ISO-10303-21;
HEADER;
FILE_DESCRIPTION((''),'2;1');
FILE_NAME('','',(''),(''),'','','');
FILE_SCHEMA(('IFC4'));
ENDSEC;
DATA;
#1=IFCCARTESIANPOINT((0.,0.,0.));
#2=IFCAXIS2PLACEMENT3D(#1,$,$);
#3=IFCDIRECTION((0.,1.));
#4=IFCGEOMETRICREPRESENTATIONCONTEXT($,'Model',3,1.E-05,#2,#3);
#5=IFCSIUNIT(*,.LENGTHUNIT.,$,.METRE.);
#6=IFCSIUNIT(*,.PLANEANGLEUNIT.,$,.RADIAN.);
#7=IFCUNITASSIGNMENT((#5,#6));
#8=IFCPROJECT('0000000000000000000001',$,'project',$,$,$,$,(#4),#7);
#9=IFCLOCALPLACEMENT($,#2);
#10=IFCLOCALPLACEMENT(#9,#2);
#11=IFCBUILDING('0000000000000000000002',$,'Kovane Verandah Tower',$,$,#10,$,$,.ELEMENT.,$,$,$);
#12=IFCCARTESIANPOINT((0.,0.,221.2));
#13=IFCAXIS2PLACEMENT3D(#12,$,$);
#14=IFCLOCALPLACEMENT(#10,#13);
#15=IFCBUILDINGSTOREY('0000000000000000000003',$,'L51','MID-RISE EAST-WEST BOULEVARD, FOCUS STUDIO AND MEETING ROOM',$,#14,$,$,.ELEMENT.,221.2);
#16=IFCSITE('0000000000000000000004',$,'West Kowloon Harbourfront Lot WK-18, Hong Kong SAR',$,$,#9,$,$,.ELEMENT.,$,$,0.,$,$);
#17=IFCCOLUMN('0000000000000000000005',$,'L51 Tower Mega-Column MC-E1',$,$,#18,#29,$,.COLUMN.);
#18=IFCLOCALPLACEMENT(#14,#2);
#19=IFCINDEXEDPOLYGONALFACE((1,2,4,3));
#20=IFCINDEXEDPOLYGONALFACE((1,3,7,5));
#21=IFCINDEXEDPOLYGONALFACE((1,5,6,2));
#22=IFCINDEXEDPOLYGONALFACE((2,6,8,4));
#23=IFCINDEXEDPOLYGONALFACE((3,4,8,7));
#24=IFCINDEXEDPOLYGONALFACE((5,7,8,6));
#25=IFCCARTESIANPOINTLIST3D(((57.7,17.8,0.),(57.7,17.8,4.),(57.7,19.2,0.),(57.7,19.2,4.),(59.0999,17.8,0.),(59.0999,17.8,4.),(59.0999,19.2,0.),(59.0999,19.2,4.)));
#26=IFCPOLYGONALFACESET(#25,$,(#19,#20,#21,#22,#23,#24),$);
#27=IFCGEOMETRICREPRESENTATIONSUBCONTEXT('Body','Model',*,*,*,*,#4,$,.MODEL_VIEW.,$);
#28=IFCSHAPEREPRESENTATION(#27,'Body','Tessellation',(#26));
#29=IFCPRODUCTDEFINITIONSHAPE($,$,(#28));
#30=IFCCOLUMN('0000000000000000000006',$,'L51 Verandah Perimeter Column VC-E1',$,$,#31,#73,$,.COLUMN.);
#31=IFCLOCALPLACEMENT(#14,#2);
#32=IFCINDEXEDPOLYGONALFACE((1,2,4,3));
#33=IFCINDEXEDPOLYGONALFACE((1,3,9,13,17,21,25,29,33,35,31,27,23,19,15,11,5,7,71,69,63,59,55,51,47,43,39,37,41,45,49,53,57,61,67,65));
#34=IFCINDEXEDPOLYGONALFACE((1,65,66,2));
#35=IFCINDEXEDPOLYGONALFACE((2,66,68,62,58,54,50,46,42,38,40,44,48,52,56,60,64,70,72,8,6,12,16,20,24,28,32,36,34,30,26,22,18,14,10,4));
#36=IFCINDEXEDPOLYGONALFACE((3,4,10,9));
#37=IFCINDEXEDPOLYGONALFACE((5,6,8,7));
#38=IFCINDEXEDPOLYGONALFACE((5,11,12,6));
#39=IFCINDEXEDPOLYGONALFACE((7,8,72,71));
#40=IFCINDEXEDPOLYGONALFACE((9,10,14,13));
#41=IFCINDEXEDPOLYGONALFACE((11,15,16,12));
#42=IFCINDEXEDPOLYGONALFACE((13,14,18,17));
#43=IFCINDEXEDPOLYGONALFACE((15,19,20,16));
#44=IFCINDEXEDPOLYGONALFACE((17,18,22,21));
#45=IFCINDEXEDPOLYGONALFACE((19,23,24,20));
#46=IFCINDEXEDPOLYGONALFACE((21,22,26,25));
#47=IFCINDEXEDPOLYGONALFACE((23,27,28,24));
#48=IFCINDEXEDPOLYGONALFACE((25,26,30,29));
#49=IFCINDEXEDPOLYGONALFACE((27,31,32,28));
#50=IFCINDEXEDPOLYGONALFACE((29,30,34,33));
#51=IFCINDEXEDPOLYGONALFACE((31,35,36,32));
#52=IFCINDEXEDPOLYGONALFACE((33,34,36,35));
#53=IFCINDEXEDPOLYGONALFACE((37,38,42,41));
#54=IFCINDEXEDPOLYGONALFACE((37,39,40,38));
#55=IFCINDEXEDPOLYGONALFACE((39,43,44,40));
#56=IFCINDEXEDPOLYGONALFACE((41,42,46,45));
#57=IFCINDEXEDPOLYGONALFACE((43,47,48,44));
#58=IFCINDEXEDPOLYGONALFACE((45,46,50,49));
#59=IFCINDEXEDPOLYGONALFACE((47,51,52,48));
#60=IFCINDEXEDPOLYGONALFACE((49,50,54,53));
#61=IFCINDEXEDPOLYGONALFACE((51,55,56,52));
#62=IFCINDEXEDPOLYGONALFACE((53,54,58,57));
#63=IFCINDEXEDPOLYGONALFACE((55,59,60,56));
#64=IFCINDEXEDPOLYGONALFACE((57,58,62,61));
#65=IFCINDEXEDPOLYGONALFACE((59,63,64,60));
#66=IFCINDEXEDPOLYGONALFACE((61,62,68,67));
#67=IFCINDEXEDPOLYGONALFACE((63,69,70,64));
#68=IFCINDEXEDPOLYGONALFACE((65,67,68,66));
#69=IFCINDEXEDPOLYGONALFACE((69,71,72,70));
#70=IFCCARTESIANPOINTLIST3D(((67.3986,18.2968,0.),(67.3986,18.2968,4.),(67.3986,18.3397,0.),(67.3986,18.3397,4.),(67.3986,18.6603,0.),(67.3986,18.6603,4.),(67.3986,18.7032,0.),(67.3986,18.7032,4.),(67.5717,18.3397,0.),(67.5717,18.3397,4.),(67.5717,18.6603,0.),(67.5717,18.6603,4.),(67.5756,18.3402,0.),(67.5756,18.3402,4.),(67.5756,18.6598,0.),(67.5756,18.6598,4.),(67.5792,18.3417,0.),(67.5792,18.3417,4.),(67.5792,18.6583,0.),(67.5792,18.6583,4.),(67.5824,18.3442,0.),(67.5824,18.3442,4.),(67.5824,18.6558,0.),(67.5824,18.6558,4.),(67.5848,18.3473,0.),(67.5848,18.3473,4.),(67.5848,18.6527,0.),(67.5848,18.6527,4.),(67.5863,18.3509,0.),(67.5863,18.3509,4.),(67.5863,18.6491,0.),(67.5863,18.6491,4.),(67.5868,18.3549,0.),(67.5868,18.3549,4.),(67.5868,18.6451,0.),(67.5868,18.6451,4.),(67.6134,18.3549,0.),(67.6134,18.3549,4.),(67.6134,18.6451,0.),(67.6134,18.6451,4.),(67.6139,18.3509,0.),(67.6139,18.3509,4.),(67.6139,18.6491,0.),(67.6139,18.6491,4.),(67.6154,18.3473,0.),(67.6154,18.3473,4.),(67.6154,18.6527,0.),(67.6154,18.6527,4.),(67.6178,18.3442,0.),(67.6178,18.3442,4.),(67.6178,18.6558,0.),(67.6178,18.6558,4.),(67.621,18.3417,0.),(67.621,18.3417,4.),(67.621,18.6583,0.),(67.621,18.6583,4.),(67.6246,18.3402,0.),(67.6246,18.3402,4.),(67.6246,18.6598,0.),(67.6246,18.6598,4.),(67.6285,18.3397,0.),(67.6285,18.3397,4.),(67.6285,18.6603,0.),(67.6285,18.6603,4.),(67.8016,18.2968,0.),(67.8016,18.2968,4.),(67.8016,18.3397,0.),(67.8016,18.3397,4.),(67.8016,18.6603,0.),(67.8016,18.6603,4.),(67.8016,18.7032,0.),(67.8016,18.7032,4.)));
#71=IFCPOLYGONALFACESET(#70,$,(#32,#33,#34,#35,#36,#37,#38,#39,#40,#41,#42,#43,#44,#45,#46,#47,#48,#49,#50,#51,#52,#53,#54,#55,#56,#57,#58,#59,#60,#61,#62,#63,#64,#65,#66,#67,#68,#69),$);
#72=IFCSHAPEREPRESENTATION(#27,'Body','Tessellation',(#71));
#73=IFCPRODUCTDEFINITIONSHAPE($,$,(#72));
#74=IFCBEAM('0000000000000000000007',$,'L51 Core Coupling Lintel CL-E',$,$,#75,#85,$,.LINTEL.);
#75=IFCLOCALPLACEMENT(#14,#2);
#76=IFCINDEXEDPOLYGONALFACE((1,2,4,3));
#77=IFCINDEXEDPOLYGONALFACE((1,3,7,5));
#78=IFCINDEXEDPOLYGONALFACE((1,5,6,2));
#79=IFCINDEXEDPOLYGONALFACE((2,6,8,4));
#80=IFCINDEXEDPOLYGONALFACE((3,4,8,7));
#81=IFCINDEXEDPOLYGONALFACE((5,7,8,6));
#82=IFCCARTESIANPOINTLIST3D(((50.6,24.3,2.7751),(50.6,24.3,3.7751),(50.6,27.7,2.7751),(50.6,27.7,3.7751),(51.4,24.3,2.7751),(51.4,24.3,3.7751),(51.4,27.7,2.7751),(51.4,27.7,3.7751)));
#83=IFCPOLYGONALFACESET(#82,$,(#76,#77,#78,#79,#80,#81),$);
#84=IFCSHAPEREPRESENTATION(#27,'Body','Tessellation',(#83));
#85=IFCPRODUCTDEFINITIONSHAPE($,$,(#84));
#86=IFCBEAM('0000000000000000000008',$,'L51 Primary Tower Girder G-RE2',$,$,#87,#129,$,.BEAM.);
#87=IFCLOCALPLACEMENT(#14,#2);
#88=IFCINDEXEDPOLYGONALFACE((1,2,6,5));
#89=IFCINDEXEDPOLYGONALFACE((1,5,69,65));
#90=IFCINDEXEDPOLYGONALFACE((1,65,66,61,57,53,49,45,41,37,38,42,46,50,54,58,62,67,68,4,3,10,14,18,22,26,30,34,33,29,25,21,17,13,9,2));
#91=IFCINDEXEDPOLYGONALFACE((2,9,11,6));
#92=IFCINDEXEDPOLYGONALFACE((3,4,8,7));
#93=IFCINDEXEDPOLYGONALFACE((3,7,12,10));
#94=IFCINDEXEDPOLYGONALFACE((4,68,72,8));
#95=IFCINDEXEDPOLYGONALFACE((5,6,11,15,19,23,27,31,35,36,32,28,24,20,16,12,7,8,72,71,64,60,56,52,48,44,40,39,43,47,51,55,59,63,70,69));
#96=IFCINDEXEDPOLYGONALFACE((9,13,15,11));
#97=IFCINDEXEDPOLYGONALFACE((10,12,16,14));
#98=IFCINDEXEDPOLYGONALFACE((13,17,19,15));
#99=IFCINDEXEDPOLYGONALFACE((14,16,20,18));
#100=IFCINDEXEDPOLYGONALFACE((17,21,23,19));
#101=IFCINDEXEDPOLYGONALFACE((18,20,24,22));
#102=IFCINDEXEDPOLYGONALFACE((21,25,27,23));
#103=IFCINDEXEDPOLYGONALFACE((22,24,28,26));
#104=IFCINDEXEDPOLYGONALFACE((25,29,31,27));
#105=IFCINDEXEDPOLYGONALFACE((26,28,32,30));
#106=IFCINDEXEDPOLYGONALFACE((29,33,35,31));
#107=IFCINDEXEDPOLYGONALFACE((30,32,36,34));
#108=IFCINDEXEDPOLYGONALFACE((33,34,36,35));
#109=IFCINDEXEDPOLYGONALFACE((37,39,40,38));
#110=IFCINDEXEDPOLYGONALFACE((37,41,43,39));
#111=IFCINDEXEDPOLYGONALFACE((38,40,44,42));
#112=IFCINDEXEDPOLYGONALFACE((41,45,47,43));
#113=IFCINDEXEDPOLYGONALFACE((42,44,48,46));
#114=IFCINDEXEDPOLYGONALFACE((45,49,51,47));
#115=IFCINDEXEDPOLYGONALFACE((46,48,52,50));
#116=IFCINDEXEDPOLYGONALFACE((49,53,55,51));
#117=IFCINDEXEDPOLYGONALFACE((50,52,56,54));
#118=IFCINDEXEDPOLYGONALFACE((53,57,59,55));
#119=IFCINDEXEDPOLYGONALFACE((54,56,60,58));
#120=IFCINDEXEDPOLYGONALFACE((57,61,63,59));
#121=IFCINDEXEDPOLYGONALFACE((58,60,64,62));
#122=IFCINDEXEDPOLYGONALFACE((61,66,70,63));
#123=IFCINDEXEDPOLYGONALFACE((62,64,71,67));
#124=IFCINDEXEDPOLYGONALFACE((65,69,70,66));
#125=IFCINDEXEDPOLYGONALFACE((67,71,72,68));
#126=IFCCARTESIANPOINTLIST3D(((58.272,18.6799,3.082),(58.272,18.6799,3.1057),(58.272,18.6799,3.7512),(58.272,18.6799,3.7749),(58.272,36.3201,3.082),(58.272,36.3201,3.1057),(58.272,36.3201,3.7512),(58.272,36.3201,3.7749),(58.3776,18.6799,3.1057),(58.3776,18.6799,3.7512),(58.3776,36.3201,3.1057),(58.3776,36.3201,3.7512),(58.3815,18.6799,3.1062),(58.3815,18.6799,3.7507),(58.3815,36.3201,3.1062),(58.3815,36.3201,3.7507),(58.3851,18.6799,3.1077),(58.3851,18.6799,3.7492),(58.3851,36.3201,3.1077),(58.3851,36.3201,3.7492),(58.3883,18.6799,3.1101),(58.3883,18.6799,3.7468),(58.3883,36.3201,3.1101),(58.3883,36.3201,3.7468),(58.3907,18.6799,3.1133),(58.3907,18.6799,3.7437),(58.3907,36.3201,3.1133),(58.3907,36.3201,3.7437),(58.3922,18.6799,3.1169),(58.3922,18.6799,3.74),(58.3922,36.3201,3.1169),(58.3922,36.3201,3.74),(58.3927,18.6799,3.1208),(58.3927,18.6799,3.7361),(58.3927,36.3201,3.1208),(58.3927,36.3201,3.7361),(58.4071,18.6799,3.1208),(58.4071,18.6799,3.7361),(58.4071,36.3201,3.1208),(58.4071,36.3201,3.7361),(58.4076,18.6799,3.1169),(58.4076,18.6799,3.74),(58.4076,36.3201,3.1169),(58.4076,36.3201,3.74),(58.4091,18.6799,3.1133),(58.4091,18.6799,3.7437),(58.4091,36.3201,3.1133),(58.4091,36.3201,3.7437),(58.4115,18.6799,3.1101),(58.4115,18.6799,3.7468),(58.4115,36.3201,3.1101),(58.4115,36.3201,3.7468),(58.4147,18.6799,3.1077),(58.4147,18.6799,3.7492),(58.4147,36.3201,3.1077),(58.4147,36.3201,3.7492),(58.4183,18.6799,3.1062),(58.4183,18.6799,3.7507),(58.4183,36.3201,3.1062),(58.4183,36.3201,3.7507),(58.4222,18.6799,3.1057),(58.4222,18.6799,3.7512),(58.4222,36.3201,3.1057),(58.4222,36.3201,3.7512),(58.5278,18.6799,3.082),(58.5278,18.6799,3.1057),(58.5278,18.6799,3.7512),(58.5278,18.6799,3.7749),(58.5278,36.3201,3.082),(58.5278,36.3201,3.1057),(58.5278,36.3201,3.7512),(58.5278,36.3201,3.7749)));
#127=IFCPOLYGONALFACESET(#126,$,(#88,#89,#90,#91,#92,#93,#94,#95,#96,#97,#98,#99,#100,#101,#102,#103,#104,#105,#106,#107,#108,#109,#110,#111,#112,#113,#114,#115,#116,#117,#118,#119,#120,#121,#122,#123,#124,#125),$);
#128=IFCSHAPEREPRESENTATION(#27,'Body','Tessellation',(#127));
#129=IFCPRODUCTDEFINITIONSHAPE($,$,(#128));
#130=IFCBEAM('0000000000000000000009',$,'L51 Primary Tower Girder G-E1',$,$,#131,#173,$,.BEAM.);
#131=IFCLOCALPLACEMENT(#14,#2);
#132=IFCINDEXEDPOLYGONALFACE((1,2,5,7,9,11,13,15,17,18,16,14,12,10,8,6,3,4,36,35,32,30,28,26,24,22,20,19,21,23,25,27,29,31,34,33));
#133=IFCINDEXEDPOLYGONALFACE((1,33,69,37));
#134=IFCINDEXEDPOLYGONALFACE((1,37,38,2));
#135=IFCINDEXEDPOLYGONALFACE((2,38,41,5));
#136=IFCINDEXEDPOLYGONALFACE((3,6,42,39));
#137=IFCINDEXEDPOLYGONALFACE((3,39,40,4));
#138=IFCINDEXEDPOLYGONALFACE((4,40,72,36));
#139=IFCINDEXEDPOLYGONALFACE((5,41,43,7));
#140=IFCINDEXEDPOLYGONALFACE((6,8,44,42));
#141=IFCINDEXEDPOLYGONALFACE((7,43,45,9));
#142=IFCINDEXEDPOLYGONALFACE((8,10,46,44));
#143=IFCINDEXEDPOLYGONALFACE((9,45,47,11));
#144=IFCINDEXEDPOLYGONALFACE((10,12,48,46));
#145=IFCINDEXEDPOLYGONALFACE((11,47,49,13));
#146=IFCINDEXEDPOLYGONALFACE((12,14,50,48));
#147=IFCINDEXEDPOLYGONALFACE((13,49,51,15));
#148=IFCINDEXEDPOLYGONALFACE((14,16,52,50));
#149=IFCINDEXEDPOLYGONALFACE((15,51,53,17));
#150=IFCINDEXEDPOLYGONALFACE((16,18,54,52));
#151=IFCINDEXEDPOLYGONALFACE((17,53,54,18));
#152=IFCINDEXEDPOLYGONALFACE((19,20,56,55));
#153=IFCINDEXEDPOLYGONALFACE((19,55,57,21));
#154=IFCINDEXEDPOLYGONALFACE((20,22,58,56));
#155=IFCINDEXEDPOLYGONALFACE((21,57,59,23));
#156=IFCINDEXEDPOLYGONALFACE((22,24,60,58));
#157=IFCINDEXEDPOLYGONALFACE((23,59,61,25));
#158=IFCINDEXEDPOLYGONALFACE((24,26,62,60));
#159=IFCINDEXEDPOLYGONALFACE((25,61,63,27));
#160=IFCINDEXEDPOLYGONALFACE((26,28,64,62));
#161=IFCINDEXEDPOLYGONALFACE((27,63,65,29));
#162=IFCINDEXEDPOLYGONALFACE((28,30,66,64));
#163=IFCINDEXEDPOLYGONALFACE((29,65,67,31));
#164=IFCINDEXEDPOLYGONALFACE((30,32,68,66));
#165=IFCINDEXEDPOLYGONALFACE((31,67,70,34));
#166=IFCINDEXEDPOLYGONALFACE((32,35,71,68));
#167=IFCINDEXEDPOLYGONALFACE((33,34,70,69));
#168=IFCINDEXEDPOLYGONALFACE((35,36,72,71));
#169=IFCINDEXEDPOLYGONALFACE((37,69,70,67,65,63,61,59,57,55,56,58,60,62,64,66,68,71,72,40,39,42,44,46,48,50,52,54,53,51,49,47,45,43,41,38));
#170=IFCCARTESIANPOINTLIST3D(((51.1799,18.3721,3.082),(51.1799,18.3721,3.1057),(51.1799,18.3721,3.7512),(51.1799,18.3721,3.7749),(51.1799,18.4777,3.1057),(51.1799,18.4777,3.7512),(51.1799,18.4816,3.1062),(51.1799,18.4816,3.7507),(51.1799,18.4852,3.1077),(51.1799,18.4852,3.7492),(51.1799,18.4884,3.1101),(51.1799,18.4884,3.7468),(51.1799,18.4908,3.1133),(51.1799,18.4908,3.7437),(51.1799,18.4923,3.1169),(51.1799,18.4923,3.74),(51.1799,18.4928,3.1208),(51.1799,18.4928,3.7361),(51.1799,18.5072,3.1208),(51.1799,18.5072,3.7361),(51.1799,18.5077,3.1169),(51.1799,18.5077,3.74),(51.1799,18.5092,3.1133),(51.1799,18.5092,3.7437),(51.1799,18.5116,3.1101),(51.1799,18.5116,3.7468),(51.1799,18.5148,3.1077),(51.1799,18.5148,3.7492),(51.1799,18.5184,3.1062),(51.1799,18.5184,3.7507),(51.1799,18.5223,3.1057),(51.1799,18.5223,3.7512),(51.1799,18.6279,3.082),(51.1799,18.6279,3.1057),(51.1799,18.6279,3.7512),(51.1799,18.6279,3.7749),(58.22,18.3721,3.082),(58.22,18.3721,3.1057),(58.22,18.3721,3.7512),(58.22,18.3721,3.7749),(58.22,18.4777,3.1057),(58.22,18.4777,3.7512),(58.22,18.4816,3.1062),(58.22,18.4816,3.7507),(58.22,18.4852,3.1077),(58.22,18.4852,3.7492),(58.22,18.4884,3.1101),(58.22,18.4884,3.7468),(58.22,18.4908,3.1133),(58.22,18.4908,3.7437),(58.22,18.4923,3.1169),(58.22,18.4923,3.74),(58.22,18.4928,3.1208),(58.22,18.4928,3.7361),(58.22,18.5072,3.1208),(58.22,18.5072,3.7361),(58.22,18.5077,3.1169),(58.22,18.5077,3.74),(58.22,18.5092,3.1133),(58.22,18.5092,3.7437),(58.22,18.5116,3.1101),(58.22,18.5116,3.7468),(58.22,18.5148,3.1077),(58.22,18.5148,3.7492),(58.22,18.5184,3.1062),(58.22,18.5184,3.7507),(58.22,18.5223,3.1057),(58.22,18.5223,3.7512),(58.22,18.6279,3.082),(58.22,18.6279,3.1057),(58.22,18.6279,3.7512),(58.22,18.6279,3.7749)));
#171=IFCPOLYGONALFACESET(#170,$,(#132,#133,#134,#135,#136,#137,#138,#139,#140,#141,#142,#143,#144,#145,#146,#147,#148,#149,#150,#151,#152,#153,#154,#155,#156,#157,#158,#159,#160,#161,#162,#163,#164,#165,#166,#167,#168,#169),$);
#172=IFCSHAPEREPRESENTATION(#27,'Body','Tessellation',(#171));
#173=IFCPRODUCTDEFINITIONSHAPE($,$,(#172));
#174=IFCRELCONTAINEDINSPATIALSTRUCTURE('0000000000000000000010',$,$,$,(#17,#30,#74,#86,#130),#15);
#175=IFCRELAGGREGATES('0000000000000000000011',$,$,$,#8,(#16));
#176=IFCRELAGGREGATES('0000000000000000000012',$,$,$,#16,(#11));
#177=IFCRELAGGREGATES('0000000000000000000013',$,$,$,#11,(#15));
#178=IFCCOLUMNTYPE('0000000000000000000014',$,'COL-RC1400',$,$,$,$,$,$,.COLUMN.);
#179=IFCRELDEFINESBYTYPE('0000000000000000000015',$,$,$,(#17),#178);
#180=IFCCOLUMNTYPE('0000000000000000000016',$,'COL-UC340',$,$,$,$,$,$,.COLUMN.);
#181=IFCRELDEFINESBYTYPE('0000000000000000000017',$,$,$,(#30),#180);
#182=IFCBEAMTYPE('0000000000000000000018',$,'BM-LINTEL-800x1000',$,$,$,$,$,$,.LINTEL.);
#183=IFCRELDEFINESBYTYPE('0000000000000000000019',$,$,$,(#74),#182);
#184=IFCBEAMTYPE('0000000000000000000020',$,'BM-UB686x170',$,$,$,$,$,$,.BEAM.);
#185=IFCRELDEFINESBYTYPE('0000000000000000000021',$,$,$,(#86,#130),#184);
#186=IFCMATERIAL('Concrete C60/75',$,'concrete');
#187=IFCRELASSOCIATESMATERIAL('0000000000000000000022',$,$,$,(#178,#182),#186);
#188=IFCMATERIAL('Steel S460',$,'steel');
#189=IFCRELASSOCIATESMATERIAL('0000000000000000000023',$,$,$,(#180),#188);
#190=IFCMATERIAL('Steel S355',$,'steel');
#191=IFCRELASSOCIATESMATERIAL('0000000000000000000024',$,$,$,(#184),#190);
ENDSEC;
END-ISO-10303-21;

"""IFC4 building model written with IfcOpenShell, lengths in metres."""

from ifc_helpers import new_model, si_unit, direction, frame, origin, origin_2d, place, context, subcontext, project, spatial, rectangle, i_section, extrude, material, material_profile, profile_set, type_object, element, save


model = new_model("IFC4")

# Units and contexts
model_context = context("Model", 3, precision=1e-05, world=origin(), true_north=direction((0.0, 1.0)))
body_context = subcontext(model_context, "Body", "Model", "MODEL_VIEW")
ifc_project = project(units=[si_unit("LENGTHUNIT", "METRE"), si_unit("PLANEANGLEUNIT", "RADIAN")], contexts=[model_context])

# Site, building, storey
site_placement = place(None, origin())
site = spatial("IfcSite", under=ifc_project, at=site_placement, Name="West Kowloon Harbourfront Lot WK-18, Hong Kong SAR", CompositionType="ELEMENT", RefElevation=0.0)
building_placement = place(site_placement, origin())
building = spatial("IfcBuilding", under=site, at=building_placement, Name="Kovane Verandah Tower", CompositionType="ELEMENT")
storey_placement = place(building_placement, frame((0.0, 0.0, 221.2)))
storey = spatial("IfcBuildingStorey", under=building, at=storey_placement, Name="L51", Description="MID-RISE EAST-WEST BOULEVARD, FOCUS STUDIO AND MEETING ROOM", CompositionType="ELEMENT", Elevation=221.2)

# Columns
ifc_material_1 = material(Name="Concrete C60/75", Category="concrete")
ifc_material_profile_1 = material_profile(ifc_material_1, rectangle(XDim=1.3999, YDim=1.3999, at=origin_2d()), Name="RC1400x1400")
ifc_profile_set_1 = profile_set([ifc_material_profile_1], Name="Concrete C60/75")
column_type_1 = type_object("IfcColumnType", Name="COL-RC1400", PredefinedType="COLUMN", material=ifc_profile_set_1)
column_1_placement = place(storey_placement, frame((58.3999, 18.5, 0.0), z_axis=(0.0, 0.0, 1.0), x_axis=(1.0, 0.0, 0.0)))
element("IfcColumn", 1, at=column_1_placement, inside=storey, type_object=column_type_1, Name="L51 Tower Mega-Column MC-E1", PredefinedType="COLUMN", context=body_context, shape_type="SweptSolid", body=[
    extrude(rectangle(XDim=1.3999, YDim=1.3999, at=origin_2d()), origin(), (0.0, 0.0, 1.0), 4.0),
])
ifc_material_2 = material(Name="Steel S460", Category="steel")
ifc_material_profile_2 = material_profile(ifc_material_2, i_section(OverallWidth=0.4031, OverallDepth=0.4065, WebThickness=0.0266, FlangeThickness=0.043, FilletRadius=0.0151, at=origin_2d()), Name="UC356x406x340")
ifc_profile_set_2 = profile_set([ifc_material_profile_2], Name="Steel S460")
column_type_2 = type_object("IfcColumnType", Name="COL-UC340", PredefinedType="COLUMN", material=ifc_profile_set_2)
column_2_placement = place(storey_placement, frame((67.6001, 18.5, 0.0), z_axis=(0.0, 0.0, 1.0), x_axis=(1.0, 0.0, 0.0)))
element("IfcColumn", 2, at=column_2_placement, inside=storey, type_object=column_type_2, Name="L51 Verandah Perimeter Column VC-E1", PredefinedType="COLUMN", context=body_context, shape_type="SweptSolid", body=[
    extrude(i_section(OverallWidth=0.4031, OverallDepth=0.4065, WebThickness=0.0266, FlangeThickness=0.043, FilletRadius=0.0151, at=origin_2d()), origin(), (0.0, 0.0, 1.0), 4.0),
])

# Beams
ifc_material_profile_3 = material_profile(ifc_material_1, rectangle(XDim=0.8, YDim=1.0, at=origin_2d()), Name="RCB800x1000")
ifc_profile_set_3 = profile_set([ifc_material_profile_3], Name="Concrete C60/75")
beam_type_1 = type_object("IfcBeamType", Name="BM-LINTEL-800x1000", PredefinedType="LINTEL", material=ifc_profile_set_3)
beam_1_placement = place(storey_placement, frame((51.0, 24.3, 3.2751), z_axis=(0.0, 1.0, 0.0), x_axis=(-1.0, 0.0, 0.0)))
element("IfcBeam", 3, at=beam_1_placement, inside=storey, type_object=beam_type_1, Name="L51 Core Coupling Lintel CL-E", PredefinedType="LINTEL", context=body_context, shape_type="SweptSolid", body=[
    extrude(rectangle(XDim=0.8, YDim=1.0, at=origin_2d()), origin(), (0.0, 0.0, 1.0), 3.3999),
])
ifc_material_3 = material(Name="Steel S355", Category="steel")
ifc_material_profile_4 = material_profile(ifc_material_3, i_section(OverallWidth=0.2559, OverallDepth=0.6929, WebThickness=0.0144, FlangeThickness=0.0237, FilletRadius=0.0151, at=origin_2d()), Name="UB686x254x170")
ifc_profile_set_4 = profile_set([ifc_material_profile_4], Name="Steel S355")
beam_type_2 = type_object("IfcBeamType", Name="BM-UB686x170", PredefinedType="BEAM", material=ifc_profile_set_4)
beam_2_placement = place(storey_placement, frame((58.3999, 18.6799, 3.4285), z_axis=(0.0, 1.0, 0.0), x_axis=(-1.0, 0.0, 0.0)))
element("IfcBeam", 4, at=beam_2_placement, inside=storey, type_object=beam_type_2, Name="L51 Primary Tower Girder G-RE2", PredefinedType="BEAM", context=body_context, shape_type="SweptSolid", body=[
    extrude(i_section(OverallWidth=0.2559, OverallDepth=0.6929, WebThickness=0.0144, FlangeThickness=0.0237, FilletRadius=0.0151, at=origin_2d()), origin(), (0.0, 0.0, 1.0), 17.6401),
])
beam_3_placement = place(storey_placement, frame((51.1799, 18.5, 3.4285), z_axis=(1.0, 0.0, 0.0), x_axis=(0.0, 1.0, 0.0)))
element("IfcBeam", 5, at=beam_3_placement, inside=storey, type_object=beam_type_2, Name="L51 Primary Tower Girder G-E1", PredefinedType="BEAM", context=body_context, shape_type="SweptSolid", body=[
    extrude(i_section(OverallWidth=0.2559, OverallDepth=0.6929, WebThickness=0.0144, FlangeThickness=0.0237, FilletRadius=0.0151, at=origin_2d()), origin(), (0.0, 0.0, 1.0), 7.04),
])

save(model, "model.ifc")
